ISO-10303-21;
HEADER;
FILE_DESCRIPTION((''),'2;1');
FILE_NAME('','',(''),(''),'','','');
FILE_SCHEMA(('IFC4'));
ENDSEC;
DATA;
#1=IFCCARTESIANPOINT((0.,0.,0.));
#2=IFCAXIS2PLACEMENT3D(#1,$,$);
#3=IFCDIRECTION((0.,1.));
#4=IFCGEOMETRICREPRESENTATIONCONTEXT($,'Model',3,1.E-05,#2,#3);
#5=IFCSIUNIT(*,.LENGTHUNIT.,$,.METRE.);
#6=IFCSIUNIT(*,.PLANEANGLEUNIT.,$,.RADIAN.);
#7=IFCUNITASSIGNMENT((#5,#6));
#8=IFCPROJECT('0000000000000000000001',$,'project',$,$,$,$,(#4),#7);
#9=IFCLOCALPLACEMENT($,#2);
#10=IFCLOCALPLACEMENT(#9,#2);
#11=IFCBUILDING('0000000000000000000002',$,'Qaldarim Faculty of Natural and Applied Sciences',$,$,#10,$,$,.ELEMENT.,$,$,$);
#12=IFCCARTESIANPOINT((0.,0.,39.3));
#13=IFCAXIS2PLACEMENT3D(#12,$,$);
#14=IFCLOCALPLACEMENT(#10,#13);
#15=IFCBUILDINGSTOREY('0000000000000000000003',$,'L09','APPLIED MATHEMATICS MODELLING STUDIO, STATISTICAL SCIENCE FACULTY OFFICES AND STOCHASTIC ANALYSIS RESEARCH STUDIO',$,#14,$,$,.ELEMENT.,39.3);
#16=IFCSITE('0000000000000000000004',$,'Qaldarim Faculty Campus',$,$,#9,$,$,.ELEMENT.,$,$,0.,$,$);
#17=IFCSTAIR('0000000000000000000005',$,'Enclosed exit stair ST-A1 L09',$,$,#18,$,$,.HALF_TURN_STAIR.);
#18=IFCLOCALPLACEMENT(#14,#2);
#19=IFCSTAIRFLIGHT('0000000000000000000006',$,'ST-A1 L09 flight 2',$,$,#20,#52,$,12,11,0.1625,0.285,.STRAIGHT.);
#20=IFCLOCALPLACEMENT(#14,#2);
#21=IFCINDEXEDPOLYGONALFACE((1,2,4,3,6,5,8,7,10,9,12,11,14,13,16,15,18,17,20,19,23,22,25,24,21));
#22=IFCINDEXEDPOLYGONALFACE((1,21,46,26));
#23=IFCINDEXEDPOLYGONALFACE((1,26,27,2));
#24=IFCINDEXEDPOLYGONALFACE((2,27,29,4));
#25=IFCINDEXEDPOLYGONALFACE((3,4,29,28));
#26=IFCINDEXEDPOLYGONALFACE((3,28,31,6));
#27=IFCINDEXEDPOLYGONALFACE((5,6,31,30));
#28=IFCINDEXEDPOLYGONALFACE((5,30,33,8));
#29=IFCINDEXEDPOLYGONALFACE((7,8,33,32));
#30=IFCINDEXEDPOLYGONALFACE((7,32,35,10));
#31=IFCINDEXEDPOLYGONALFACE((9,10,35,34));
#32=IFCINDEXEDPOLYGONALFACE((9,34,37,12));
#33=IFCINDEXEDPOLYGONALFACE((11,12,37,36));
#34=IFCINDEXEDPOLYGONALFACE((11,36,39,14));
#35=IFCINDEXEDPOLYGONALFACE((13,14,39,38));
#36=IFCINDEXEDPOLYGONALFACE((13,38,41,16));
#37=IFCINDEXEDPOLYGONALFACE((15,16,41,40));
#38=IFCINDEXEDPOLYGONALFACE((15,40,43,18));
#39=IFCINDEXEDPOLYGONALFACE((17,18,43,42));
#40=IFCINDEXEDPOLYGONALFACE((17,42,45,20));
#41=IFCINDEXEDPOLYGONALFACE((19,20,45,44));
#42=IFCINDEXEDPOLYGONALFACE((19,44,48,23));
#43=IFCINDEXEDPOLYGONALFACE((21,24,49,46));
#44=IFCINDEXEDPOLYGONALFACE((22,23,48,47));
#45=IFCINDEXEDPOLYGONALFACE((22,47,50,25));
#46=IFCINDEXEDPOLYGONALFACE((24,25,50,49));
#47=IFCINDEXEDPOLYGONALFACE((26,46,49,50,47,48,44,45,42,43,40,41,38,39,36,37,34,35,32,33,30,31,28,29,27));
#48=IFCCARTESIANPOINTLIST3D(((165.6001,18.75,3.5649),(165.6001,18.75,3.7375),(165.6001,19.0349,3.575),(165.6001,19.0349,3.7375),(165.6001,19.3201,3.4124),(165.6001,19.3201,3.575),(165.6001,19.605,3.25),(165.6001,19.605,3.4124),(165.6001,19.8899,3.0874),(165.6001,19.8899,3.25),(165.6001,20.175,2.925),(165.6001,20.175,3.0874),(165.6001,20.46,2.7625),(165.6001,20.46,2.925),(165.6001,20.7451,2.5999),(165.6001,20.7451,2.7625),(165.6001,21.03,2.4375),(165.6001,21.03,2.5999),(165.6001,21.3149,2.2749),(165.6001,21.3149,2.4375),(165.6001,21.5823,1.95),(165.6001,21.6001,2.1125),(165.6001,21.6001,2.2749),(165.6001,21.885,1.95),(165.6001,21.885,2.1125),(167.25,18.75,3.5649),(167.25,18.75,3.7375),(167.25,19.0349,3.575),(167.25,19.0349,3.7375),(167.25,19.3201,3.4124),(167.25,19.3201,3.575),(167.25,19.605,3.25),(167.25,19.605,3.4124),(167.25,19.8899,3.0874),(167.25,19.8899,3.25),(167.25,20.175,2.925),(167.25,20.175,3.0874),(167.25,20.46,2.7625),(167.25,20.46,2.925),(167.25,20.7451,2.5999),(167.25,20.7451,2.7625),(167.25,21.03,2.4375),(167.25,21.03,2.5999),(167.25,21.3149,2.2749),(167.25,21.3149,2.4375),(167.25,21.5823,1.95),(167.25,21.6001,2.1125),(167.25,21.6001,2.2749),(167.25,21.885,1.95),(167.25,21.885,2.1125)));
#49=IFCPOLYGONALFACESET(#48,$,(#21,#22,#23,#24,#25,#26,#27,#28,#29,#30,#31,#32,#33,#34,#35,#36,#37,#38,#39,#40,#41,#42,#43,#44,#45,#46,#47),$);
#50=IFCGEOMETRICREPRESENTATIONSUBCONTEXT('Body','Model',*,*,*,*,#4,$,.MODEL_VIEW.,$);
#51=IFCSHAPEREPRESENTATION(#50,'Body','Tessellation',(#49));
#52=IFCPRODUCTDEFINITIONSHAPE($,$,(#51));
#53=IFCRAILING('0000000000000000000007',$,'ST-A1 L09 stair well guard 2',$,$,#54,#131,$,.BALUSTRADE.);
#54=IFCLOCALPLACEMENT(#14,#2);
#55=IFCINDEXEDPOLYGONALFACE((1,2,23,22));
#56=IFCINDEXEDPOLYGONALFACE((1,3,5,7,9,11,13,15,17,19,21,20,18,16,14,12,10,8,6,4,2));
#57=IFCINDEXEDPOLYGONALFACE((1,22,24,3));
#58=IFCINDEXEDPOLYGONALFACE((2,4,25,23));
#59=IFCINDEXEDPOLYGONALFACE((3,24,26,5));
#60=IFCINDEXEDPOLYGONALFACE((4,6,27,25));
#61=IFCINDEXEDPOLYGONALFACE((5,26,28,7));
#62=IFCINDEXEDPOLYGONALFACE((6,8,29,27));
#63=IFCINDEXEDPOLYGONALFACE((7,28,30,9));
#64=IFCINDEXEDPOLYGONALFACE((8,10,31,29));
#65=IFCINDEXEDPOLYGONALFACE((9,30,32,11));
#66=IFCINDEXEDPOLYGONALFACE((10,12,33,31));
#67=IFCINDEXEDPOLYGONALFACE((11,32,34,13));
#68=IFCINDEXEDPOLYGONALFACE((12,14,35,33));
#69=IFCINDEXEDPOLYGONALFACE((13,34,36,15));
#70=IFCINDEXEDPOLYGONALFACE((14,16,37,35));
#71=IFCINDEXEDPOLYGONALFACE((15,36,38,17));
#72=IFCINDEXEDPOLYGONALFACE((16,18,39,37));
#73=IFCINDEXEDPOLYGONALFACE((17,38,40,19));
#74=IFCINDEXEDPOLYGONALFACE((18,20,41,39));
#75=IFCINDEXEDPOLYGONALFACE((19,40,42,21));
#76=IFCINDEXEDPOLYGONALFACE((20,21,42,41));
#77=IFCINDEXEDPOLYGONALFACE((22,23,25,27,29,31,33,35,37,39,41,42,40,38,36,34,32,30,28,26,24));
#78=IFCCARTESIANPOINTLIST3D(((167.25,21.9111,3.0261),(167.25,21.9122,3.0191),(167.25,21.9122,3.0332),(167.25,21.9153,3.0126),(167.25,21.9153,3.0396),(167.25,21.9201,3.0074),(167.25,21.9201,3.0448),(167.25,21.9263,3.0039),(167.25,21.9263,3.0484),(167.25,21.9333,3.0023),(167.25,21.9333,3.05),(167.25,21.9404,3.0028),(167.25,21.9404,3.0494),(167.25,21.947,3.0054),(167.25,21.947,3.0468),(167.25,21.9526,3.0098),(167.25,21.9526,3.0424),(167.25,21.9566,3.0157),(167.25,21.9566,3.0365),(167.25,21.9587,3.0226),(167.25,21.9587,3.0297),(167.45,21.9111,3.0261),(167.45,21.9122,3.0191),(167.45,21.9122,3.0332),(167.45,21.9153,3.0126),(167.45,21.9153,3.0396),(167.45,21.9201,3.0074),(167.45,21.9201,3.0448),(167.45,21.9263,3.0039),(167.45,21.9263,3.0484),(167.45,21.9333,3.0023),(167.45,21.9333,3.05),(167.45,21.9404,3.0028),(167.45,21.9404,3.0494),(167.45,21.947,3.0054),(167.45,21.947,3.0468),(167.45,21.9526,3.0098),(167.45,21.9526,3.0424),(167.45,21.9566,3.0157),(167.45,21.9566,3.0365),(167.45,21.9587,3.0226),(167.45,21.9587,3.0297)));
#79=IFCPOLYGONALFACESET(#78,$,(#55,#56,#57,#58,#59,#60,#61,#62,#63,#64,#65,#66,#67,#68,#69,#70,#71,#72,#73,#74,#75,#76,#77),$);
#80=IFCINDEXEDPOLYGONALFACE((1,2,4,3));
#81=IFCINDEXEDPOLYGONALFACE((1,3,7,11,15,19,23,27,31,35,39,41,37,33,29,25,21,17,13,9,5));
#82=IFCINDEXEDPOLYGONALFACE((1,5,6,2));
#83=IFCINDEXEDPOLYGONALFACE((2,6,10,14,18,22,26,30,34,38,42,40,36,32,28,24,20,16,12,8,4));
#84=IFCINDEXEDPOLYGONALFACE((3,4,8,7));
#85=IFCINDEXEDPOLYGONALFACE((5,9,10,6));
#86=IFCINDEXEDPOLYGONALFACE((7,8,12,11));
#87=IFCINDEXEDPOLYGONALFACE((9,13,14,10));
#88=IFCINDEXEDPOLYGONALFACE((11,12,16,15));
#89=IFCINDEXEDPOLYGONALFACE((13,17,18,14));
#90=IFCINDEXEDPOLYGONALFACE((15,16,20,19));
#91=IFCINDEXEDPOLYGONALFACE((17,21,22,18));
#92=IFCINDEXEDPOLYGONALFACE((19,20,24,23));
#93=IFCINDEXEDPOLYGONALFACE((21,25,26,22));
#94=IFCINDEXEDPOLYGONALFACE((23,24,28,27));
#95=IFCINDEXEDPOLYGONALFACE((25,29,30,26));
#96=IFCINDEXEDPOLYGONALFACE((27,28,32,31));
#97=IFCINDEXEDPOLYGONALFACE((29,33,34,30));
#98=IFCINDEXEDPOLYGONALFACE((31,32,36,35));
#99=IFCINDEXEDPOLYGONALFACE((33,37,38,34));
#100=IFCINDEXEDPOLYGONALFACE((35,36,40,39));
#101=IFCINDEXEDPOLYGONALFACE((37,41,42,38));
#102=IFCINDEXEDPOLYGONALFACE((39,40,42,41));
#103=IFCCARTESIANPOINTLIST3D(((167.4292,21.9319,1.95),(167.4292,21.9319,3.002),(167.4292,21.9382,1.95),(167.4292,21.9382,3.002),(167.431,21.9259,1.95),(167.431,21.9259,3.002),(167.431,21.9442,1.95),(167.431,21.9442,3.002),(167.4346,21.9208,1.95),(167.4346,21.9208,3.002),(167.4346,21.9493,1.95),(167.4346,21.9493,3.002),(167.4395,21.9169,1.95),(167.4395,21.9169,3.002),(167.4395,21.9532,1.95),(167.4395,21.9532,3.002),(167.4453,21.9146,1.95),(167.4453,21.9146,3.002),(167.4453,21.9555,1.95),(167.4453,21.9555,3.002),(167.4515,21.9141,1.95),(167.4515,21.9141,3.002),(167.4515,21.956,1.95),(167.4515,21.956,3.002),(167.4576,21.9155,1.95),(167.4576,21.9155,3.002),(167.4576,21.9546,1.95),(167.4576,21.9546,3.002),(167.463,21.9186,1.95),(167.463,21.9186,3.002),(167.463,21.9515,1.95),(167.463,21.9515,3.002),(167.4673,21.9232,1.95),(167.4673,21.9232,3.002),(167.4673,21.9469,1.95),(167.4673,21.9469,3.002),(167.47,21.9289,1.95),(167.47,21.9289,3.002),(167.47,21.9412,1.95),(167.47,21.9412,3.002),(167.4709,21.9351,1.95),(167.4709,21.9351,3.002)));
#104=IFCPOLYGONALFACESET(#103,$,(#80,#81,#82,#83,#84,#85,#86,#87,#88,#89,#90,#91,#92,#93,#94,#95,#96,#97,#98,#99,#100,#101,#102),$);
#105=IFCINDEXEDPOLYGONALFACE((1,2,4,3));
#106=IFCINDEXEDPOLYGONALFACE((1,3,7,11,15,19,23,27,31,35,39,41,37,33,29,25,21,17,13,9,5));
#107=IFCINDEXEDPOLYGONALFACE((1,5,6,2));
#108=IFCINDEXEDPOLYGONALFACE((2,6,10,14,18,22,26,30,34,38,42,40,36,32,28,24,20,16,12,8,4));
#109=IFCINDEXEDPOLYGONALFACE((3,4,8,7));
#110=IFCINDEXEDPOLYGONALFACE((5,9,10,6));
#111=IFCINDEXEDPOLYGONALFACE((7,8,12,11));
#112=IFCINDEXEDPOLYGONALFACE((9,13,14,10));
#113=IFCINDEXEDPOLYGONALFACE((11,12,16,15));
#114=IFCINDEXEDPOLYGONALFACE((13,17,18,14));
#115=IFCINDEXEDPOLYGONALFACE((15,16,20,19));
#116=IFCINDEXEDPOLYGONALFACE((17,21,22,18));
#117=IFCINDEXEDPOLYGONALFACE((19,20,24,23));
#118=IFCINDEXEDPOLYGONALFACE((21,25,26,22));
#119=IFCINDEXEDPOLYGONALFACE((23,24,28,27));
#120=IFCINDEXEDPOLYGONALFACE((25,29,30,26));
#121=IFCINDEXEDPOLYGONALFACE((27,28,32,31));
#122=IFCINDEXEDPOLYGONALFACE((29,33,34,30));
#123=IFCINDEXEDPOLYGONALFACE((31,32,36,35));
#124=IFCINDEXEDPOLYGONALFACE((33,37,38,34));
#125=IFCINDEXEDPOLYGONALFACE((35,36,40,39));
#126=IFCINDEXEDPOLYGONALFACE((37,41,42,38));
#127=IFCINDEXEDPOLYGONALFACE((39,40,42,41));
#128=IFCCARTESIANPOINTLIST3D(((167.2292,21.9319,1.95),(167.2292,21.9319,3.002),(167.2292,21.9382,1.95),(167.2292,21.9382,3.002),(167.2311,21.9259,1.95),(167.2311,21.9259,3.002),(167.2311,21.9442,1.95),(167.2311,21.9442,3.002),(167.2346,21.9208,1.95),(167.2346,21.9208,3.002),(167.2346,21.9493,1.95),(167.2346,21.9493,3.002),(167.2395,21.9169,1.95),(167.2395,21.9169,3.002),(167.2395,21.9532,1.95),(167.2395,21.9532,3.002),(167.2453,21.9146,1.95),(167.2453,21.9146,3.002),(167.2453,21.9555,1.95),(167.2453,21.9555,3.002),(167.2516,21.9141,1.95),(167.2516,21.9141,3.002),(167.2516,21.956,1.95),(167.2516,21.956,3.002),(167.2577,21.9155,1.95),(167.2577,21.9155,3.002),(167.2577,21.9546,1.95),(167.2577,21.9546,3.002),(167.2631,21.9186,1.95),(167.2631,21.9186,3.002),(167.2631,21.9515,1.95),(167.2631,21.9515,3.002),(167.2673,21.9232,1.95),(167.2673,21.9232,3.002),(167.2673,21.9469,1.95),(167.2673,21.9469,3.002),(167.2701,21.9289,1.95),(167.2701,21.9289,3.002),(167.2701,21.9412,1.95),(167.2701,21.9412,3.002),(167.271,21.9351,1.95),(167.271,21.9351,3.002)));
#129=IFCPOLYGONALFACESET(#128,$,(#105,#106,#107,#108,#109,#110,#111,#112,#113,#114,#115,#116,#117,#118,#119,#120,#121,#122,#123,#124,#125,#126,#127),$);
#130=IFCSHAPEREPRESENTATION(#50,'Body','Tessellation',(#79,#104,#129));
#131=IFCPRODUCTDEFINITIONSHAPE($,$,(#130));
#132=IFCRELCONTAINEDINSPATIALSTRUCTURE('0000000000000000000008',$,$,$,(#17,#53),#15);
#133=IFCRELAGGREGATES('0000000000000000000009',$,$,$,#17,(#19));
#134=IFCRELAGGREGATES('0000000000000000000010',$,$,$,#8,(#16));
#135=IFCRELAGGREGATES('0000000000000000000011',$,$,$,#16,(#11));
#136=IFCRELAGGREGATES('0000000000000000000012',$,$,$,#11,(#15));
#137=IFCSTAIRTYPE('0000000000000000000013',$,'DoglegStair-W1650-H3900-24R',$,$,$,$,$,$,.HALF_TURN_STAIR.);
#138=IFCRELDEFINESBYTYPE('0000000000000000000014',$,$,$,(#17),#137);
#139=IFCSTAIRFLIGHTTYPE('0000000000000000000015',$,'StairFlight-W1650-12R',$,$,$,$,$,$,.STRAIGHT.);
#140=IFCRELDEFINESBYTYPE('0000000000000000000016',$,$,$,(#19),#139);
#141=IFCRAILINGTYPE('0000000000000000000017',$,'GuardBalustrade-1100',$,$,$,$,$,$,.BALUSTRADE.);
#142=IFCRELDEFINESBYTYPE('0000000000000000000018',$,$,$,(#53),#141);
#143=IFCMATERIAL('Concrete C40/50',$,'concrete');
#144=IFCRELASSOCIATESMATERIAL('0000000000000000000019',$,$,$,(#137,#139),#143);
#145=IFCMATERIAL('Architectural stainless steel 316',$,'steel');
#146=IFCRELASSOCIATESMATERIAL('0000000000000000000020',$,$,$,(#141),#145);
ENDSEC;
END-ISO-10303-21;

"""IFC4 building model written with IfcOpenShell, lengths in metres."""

from ifc_helpers import new_model, si_unit, direction, frame, origin, origin_2d, place, context, subcontext, project, spatial, polyline, circle, outline, extrude, material, type_object, element, aggregate, save


model = new_model("IFC4")

# Units and contexts
model_context = context("Model", 3, precision=1e-05, world=origin(), true_north=direction((0.0, 1.0)))
body_context = subcontext(model_context, "Body", "Model", "MODEL_VIEW")
ifc_project = project(units=[si_unit("LENGTHUNIT", "METRE"), si_unit("PLANEANGLEUNIT", "RADIAN")], contexts=[model_context])

# Site, building, storey
site_placement = place(None, origin())
site = spatial("IfcSite", under=ifc_project, at=site_placement, Name="Qaldarim Faculty Campus", CompositionType="ELEMENT", RefElevation=0.0)
building_placement = place(site_placement, origin())
building = spatial("IfcBuilding", under=site, at=building_placement, Name="Qaldarim Faculty of Natural and Applied Sciences", CompositionType="ELEMENT")
storey_placement = place(building_placement, frame((0.0, 0.0, 39.3)))
storey = spatial("IfcBuildingStorey", under=building, at=storey_placement, Name="L09", Description="APPLIED MATHEMATICS MODELLING STUDIO, STATISTICAL SCIENCE FACULTY OFFICES AND STOCHASTIC ANALYSIS RESEARCH STUDIO", CompositionType="ELEMENT", Elevation=39.3)

# Shared definitions
ifc_material_1 = material(Name="Concrete C40/50", Category="concrete")

# Shared definitions
ifc_material_2 = material(Name="Architectural stainless steel 316", Category="steel")

# Stair, stair flight
stair_type_1 = type_object("IfcStairType", Name="DoglegStair-W1650-H3900-24R", PredefinedType="HALF_TURN_STAIR", material=ifc_material_1)
stair_1_placement = place(storey_placement, origin())
stair_1 = element("IfcStair", 1, at=stair_1_placement, inside=storey, type_object=stair_type_1, Name="Enclosed exit stair ST-A1 L09", PredefinedType="HALF_TURN_STAIR")
stair_flight_type_1 = type_object("IfcStairFlightType", Name="StairFlight-W1650-12R", PredefinedType="STRAIGHT", material=ifc_material_1)
stair_flight_1_placement = place(storey_placement, frame((166.425, 21.885, 1.95), z_axis=(0.0, 0.0, 1.0), x_axis=(0.0, -1.0, 0.0)))
stair_flight_1 = element("IfcStairFlight", 2, at=stair_flight_1_placement, type_object=stair_flight_type_1, Name="ST-A1 L09 flight 2", NumberOfRisers=12, NumberOfTreads=11, PredefinedType="STRAIGHT", RiserHeight=0.1625, TreadLength=0.285, context=body_context, shape_type="SweptSolid", body=[
    extrude(outline(polyline([(0.0, 0.0), (0.0, 0.1626), (0.2849, 0.1626), (0.2849, 0.325), (0.5701, 0.325), (0.5701, 0.4875), (0.855, 0.4875), (0.855, 0.6499), (1.1399, 0.6499), (1.1399, 0.8125), (1.425, 0.8125), (1.425, 0.9751), (1.71, 0.9751), (1.71, 1.1375), (1.9951, 1.1375), (1.9951, 1.3), (2.28, 1.3), (2.28, 1.4624), (2.5649, 1.4624), (2.5649, 1.625), (2.8501, 1.625), (2.8501, 1.7876), (3.135, 1.7876), (3.135, 1.95), (3.135, 1.615), (0.3027, 0.0), (0.0, 0.0)])), frame((0.0, 0.825, 0.0), z_axis=(0.0, -1.0, 0.0), x_axis=(1.0, 0.0, 0.0)), (0.0, 0.0, 1.0), 1.6499),
])
aggregate(stair_1, [stair_flight_1])

# Railing
railing_type_1 = type_object("IfcRailingType", Name="GuardBalustrade-1100", PredefinedType="BALUSTRADE", material=ifc_material_2)
railing_1_placement = place(storey_placement, frame((167.45, 21.9351, 1.95)))
element("IfcRailing", 3, at=railing_1_placement, inside=storey, type_object=railing_type_1, Name="ST-A1 L09 stair well guard 2", PredefinedType="BALUSTRADE", context=body_context, shape_type="SweptSolid", body=[
    extrude(circle(Radius=0.0239, at=origin_2d()), frame((0.0, 0.0, 1.0762), z_axis=(-1.0, 0.0, 0.0), x_axis=(0.0, -1.0, 0.0)), (0.0, 0.0, 1.0), 0.2),
    extrude(circle(Radius=0.021, at=origin_2d()), origin(), (0.0, 0.0, 1.0), 1.052),
    extrude(circle(Radius=0.021, at=origin_2d()), frame((-0.2, 0.0, 0.0)), (0.0, 0.0, 1.0), 1.052),
])

save(model, "model.ifc")
